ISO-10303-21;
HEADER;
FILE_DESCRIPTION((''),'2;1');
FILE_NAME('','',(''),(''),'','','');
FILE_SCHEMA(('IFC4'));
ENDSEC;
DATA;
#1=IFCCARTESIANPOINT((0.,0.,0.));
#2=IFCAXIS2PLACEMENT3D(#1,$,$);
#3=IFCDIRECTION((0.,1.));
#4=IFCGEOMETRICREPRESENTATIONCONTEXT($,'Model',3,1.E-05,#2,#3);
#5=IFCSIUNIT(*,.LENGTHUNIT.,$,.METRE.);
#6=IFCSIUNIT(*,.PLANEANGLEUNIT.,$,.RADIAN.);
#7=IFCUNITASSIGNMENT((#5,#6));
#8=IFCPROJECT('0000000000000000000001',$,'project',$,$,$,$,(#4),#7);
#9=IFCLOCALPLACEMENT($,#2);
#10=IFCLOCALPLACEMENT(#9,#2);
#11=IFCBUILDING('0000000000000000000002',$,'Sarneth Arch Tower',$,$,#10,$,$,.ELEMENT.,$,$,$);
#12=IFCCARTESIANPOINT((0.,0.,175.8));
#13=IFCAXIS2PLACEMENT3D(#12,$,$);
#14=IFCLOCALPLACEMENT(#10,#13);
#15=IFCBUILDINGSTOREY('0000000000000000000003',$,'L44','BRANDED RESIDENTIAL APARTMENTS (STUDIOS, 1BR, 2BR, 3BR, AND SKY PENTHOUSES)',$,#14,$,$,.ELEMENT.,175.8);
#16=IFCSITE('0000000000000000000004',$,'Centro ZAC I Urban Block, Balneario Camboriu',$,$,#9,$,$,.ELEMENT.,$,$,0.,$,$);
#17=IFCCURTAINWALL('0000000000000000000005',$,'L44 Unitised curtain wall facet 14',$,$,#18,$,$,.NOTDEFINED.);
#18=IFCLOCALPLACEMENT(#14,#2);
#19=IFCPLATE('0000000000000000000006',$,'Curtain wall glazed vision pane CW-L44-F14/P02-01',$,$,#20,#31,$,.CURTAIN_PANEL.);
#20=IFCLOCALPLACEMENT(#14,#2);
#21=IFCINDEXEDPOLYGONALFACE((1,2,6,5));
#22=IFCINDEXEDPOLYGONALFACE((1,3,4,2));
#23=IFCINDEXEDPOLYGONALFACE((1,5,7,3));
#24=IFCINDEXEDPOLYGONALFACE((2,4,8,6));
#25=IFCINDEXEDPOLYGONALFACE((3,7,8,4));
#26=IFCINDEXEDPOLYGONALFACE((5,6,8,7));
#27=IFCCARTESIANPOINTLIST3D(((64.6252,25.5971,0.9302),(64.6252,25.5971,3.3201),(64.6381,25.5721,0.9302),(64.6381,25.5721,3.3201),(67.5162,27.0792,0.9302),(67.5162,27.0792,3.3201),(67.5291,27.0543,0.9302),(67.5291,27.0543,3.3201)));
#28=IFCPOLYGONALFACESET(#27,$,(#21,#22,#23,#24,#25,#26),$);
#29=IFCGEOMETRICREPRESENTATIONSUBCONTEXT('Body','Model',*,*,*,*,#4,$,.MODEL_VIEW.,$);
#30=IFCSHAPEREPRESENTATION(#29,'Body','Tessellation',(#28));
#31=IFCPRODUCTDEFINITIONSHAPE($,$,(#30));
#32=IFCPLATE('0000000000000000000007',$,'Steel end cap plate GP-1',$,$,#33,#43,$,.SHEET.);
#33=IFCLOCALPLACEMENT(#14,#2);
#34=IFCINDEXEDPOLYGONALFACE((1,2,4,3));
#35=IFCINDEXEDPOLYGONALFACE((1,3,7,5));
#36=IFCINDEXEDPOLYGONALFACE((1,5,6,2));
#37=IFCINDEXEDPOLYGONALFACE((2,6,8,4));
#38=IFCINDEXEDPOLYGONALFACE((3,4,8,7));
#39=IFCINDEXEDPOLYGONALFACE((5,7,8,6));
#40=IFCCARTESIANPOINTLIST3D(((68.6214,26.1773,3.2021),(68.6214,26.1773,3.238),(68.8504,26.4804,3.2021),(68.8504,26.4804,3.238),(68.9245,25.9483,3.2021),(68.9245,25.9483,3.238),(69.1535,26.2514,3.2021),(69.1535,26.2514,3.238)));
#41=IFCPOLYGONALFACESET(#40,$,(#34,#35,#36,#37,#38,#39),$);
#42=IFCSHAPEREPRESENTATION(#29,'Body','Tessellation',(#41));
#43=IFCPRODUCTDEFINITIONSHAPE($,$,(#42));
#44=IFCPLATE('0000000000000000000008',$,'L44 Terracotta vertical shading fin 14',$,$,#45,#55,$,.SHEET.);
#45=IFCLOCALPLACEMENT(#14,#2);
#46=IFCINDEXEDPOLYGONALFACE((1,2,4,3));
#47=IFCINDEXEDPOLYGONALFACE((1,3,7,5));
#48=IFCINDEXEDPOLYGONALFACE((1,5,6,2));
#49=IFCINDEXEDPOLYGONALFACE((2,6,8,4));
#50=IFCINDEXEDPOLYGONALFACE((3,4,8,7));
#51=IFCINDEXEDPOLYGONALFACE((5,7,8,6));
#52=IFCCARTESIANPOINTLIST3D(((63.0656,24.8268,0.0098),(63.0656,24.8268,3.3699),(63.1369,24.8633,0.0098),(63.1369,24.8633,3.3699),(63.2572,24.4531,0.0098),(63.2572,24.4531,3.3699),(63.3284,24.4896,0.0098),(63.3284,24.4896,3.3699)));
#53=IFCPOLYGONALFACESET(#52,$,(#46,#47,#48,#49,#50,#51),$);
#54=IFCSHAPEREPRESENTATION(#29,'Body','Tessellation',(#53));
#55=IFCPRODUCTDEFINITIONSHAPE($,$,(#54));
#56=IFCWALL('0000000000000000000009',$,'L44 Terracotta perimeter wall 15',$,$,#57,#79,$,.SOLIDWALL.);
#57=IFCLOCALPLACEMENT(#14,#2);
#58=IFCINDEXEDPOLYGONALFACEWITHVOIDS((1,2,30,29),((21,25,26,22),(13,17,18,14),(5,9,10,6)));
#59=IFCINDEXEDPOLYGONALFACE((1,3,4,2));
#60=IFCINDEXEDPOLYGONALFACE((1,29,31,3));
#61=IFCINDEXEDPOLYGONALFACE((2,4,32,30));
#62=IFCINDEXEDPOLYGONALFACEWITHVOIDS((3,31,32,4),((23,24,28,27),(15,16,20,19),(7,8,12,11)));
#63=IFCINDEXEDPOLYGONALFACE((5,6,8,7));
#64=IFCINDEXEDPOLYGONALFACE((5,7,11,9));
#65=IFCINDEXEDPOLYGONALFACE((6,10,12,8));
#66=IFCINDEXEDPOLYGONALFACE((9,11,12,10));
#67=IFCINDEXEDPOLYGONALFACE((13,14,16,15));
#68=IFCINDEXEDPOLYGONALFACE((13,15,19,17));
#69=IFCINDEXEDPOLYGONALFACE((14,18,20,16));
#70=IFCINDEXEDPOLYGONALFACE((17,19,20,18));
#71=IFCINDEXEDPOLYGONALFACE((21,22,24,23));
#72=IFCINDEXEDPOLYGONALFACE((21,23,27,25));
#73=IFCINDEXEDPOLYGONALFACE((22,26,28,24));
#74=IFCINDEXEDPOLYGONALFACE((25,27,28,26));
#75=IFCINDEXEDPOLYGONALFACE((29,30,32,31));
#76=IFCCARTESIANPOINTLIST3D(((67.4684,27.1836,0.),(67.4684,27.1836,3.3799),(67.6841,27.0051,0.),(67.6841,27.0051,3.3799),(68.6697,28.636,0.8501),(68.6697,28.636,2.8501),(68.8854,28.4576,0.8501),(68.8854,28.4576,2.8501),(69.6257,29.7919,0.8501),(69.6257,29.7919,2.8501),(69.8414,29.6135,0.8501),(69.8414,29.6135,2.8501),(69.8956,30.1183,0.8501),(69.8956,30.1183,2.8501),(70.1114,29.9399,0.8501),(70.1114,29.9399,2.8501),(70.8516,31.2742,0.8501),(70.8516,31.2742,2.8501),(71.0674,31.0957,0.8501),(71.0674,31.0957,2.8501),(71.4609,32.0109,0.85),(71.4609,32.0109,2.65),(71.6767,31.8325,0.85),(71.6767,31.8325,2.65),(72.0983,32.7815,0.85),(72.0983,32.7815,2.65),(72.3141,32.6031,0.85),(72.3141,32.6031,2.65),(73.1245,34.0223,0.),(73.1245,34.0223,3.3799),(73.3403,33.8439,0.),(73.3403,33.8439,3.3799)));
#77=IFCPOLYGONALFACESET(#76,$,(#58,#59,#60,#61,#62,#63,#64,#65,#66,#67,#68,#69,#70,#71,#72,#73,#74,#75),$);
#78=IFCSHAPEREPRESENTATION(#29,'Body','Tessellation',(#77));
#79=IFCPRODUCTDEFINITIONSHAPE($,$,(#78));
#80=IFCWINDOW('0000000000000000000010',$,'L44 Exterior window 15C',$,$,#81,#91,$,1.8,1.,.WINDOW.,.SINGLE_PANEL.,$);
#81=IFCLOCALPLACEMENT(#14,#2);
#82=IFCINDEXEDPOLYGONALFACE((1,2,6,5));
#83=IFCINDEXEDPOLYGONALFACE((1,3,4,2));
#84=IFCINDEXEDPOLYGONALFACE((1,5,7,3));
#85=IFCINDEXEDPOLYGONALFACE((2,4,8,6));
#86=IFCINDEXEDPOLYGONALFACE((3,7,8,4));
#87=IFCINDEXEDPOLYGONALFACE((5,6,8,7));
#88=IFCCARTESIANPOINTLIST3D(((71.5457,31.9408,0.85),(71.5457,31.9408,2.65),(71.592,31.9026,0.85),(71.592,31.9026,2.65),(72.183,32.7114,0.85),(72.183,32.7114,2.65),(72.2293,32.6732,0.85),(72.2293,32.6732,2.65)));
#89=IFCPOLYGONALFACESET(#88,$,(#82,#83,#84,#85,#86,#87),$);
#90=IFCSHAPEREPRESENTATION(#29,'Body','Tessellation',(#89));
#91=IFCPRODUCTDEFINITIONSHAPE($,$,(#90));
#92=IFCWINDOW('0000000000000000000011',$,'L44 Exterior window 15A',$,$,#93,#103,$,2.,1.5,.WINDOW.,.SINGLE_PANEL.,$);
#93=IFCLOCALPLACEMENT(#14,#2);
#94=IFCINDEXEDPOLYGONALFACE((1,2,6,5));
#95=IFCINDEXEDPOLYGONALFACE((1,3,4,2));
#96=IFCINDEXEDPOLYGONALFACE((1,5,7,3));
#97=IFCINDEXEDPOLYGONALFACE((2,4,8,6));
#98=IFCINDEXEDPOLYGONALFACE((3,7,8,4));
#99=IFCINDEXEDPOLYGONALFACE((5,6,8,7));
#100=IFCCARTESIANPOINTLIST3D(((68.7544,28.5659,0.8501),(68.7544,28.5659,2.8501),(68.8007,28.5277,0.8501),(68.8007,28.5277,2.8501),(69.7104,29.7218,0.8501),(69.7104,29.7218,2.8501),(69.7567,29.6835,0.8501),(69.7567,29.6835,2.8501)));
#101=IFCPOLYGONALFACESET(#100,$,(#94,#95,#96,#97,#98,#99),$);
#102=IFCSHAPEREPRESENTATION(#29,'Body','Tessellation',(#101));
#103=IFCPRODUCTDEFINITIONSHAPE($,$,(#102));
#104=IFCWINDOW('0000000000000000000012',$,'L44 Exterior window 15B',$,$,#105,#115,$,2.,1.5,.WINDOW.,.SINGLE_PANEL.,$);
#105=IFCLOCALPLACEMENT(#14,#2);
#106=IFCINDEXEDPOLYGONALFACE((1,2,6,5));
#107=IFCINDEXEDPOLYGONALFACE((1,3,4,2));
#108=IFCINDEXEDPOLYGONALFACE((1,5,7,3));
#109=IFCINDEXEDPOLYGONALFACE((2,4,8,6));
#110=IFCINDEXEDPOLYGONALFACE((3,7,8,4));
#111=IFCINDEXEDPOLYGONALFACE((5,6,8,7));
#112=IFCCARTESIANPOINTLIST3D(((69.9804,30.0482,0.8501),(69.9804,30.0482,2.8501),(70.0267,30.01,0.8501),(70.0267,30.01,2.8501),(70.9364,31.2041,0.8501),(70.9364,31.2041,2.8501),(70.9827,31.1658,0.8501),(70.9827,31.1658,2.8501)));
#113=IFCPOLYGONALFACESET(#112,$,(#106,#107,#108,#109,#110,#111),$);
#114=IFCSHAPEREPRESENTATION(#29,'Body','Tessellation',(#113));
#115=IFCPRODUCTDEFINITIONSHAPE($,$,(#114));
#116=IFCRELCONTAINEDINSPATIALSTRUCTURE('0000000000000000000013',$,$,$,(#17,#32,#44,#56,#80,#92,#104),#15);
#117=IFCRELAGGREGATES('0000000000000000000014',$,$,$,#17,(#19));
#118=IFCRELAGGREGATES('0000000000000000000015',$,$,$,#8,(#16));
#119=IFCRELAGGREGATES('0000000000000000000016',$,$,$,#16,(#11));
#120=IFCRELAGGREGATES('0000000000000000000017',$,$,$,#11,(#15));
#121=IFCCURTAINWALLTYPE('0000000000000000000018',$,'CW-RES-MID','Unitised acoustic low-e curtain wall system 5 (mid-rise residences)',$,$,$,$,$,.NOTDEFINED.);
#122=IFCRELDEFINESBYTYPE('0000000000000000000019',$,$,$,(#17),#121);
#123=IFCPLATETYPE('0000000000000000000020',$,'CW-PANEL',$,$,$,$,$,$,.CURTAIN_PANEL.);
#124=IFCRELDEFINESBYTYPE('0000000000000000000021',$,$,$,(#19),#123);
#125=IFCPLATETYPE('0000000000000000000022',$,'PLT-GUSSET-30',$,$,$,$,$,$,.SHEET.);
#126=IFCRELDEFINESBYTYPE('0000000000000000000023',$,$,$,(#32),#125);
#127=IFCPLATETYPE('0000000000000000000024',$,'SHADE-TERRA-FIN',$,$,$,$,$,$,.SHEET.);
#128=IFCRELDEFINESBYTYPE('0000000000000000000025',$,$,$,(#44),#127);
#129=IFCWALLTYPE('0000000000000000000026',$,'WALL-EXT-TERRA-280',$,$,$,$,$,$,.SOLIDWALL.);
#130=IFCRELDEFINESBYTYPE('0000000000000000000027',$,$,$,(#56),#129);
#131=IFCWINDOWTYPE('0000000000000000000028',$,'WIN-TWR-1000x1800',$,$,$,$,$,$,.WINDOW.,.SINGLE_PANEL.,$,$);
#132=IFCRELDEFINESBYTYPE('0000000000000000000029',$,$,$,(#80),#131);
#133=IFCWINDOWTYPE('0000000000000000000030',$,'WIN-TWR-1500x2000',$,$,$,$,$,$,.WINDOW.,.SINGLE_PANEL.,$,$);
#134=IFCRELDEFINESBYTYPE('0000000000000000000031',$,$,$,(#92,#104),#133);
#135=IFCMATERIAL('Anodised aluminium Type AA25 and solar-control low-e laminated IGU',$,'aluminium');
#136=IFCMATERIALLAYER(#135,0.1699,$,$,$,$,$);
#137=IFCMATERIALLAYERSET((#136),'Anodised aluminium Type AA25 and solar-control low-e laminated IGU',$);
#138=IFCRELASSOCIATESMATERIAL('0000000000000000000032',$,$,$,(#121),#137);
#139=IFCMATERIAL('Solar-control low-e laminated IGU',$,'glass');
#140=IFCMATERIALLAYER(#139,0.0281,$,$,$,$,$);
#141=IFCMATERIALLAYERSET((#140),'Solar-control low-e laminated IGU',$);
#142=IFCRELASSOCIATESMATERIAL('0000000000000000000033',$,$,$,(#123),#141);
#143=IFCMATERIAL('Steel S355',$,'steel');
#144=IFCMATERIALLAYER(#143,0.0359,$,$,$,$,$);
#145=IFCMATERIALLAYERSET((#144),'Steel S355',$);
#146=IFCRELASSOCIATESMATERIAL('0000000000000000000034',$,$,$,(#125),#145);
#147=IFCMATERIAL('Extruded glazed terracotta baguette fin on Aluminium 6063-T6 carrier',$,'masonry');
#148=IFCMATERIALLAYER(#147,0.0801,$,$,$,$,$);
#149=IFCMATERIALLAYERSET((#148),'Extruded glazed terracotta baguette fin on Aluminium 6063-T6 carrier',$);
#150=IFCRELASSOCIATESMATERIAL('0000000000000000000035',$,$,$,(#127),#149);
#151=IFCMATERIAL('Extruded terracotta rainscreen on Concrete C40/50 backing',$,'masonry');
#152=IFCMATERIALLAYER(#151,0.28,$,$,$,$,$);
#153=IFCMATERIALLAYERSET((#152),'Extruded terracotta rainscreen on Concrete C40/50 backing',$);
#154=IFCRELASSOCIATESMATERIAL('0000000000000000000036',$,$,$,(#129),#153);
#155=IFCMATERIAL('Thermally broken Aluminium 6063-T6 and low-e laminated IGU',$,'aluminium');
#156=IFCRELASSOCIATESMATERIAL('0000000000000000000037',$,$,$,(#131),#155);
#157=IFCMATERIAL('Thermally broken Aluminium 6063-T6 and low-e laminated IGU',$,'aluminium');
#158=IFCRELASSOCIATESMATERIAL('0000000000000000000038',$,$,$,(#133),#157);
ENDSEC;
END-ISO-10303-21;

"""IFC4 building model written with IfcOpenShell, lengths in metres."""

from ifc_helpers import new_model, si_unit, direction, frame, frame_2d, origin, origin_2d, place, context, subcontext, project, spatial, rectangle, extrude, material, layer, layer_set, type_object, element, fill, aggregate, save


model = new_model("IFC4")

# Units and contexts
model_context = context("Model", 3, precision=1e-05, world=origin(), true_north=direction((0.0, 1.0)))
body_context = subcontext(model_context, "Body", "Model", "MODEL_VIEW")
ifc_project = project(units=[si_unit("LENGTHUNIT", "METRE"), si_unit("PLANEANGLEUNIT", "RADIAN")], contexts=[model_context])

# Site, building, storey
site_placement = place(None, origin())
site = spatial("IfcSite", under=ifc_project, at=site_placement, Name="Centro ZAC I Urban Block, Balneario Camboriu", CompositionType="ELEMENT", RefElevation=0.0)
building_placement = place(site_placement, origin())
building = spatial("IfcBuilding", under=site, at=building_placement, Name="Sarneth Arch Tower", CompositionType="ELEMENT")
storey_placement = place(building_placement, frame((0.0, 0.0, 175.8)))
storey = spatial("IfcBuildingStorey", under=building, at=storey_placement, Name="L44", Description="BRANDED RESIDENTIAL APARTMENTS (STUDIOS, 1BR, 2BR, 3BR, AND SKY PENTHOUSES)", CompositionType="ELEMENT", Elevation=175.8)

# Curtain wall
ifc_material_1 = material(Name="Anodised aluminium Type AA25 and solar-control low-e laminated IGU", Category="aluminium")
ifc_layer_1 = layer(ifc_material_1, 0.1699)
ifc_layer_set_1 = layer_set([ifc_layer_1], Name="Anodised aluminium Type AA25 and solar-control low-e laminated IGU")
curtain_wall_type = type_object("IfcCurtainWallType", Name="CW-RES-MID", Description="Unitised acoustic low-e curtain wall system 5 (mid-rise residences)", PredefinedType="NOTDEFINED", material=ifc_layer_set_1)
curtain_wall_placement = place(storey_placement, origin())
curtain_wall = element("IfcCurtainWall", 1, at=curtain_wall_placement, inside=storey, type_object=curtain_wall_type, Name="L44 Unitised curtain wall facet 14", PredefinedType="NOTDEFINED")

# Plate
ifc_material_2 = material(Name="Solar-control low-e laminated IGU", Category="glass")
ifc_layer_2 = layer(ifc_material_2, 0.0281)
ifc_layer_set_2 = layer_set([ifc_layer_2], Name="Solar-control low-e laminated IGU")
plate_type_1 = type_object("IfcPlateType", Name="CW-PANEL", PredefinedType="CURTAIN_PANEL", material=ifc_layer_set_2)
plate_1_placement = place(storey_placement, frame((66.0771, 26.3257, 0.9302), z_axis=(0.0, 0.0, 1.0), x_axis=(0.889873, 0.456208, 0.0)))
plate_1 = element("IfcPlate", 2, at=plate_1_placement, type_object=plate_type_1, Name="Curtain wall glazed vision pane CW-L44-F14/P02-01", PredefinedType="CURTAIN_PANEL", context=body_context, shape_type="SweptSolid", body=[
    extrude(rectangle(XDim=3.2488, YDim=0.0281, at=origin_2d()), origin(), (0.0, 0.0, 1.0), 2.3899),
])
aggregate(curtain_wall, [plate_1])

# Plates
ifc_material_3 = material(Name="Steel S355", Category="steel")
ifc_layer_3 = layer(ifc_material_3, 0.0359)
ifc_layer_set_3 = layer_set([ifc_layer_3], Name="Steel S355")
plate_type_2 = type_object("IfcPlateType", Name="PLT-GUSSET-30", PredefinedType="SHEET", material=ifc_layer_set_3)
plate_2_placement = place(storey_placement, frame((68.8875, 26.2144, 3.2021), z_axis=(0.0, 0.0, 1.0), x_axis=(0.797794, -0.60293, 0.0)))
element("IfcPlate", 3, at=plate_2_placement, inside=storey, type_object=plate_type_2, Name="Steel end cap plate GP-1", PredefinedType="SHEET", context=body_context, shape_type="SweptSolid", body=[
    extrude(rectangle(XDim=0.3799, YDim=0.3799, at=origin_2d()), origin(), (0.0, 0.0, 1.0), 0.0359),
])
ifc_material_4 = material(Name="Extruded glazed terracotta baguette fin on Aluminium 6063-T6 carrier", Category="masonry")
ifc_layer_4 = layer(ifc_material_4, 0.0801)
ifc_layer_set_4 = layer_set([ifc_layer_4], Name="Extruded glazed terracotta baguette fin on Aluminium 6063-T6 carrier")
plate_type_3 = type_object("IfcPlateType", Name="SHADE-TERRA-FIN", PredefinedType="SHEET", material=ifc_layer_set_4)
plate_3_placement = place(storey_placement, frame((63.197, 24.6582, 0.0098), z_axis=(0.0, 0.0, 1.0), x_axis=(0.456166, -0.889895, 0.0)))
element("IfcPlate", 4, at=plate_3_placement, inside=storey, type_object=plate_type_3, Name="L44 Terracotta vertical shading fin 14", PredefinedType="SHEET", context=body_context, shape_type="SweptSolid", body=[
    extrude(rectangle(XDim=0.4199, YDim=0.0801, at=origin_2d()), origin(), (0.0, 0.0, 1.0), 3.3601),
])

# Wall, openings, windows
ifc_material_5 = material(Name="Extruded terracotta rainscreen on Concrete C40/50 backing", Category="masonry")
ifc_layer_5 = layer(ifc_material_5, 0.28)
ifc_layer_set_5 = layer_set([ifc_layer_5], Name="Extruded terracotta rainscreen on Concrete C40/50 backing")
wall_type = type_object("IfcWallType", Name="WALL-EXT-TERRA-280", PredefinedType="SOLIDWALL", material=ifc_layer_set_5)
wall_placement = place(storey_placement, frame((67.5762, 27.0942, 0.0), z_axis=(0.0, 0.0, 1.0), x_axis=(0.637333, 0.770588, 0.0)))
wall = element("IfcWall", 5, at=wall_placement, inside=storey, type_object=wall_type, Name="L44 Terracotta perimeter wall 15", PredefinedType="SOLIDWALL", context=body_context, shape_type="SweptSolid", body=[
    extrude(rectangle(XDim=8.8748, YDim=0.28, at=frame_2d((4.4375, 0.0))), origin(), (0.0, 0.0, 1.0), 3.3799),
])
opening_1_placement = place(wall_placement, frame((1.885, 0.0, 0.8501)))
opening_1 = element("IfcOpeningElement", 6, at=opening_1_placement, cuts=wall, PredefinedType="OPENING", context=body_context, shape_type="SweptSolid", body=[
    extrude(rectangle(XDim=1.5, YDim=2.0, at=frame_2d((0.75, 1.0))), frame((0.0, 0.1499, 0.0), z_axis=(0.0, -1.0, 0.0), x_axis=(1.0, 0.0, 0.0)), (0.0, 0.0, 1.0), 0.3),
])
opening_2_placement = place(wall_placement, frame((3.8086, 0.0, 0.8501)))
opening_2 = element("IfcOpeningElement", 7, at=opening_2_placement, cuts=wall, PredefinedType="OPENING", context=body_context, shape_type="SweptSolid", body=[
    extrude(rectangle(XDim=1.5, YDim=2.0, at=frame_2d((0.75, 1.0))), frame((0.0, 0.1499, 0.0), z_axis=(0.0, -1.0, 0.0), x_axis=(1.0, 0.0, 0.0)), (0.0, 0.0, 1.0), 0.3),
])
opening_3_placement = place(wall_placement, frame((6.2646, 0.0, 0.8501)))
opening_3 = element("IfcOpeningElement", 8, at=opening_3_placement, cuts=wall, PredefinedType="OPENING", context=body_context, shape_type="SweptSolid", body=[
    extrude(rectangle(XDim=1.0, YDim=1.8, at=frame_2d((0.5, 0.8999))), frame((0.0, 0.1499, 0.0), z_axis=(0.0, -1.0, 0.0), x_axis=(1.0, 0.0, 0.0)), (0.0, 0.0, 1.0), 0.3),
])
ifc_material_6 = material(Name="Thermally broken Aluminium 6063-T6 and low-e laminated IGU", Category="aluminium")
window_type_1 = type_object("IfcWindowType", Name="WIN-TWR-1000x1800", PartitioningType="SINGLE_PANEL", PredefinedType="WINDOW", material=ifc_material_6)
window_1_placement = place(opening_3_placement, origin())
window_1 = element("IfcWindow", 9, at=window_1_placement, inside=storey, type_object=window_type_1, Name="L44 Exterior window 15C", OverallHeight=1.8, OverallWidth=1.0, PartitioningType="SINGLE_PANEL", PredefinedType="WINDOW", context=body_context, shape_type="SweptSolid", body=[
    extrude(rectangle(XDim=1.0, YDim=1.8, at=frame_2d((0.5, 0.8999))), frame((0.0, 0.03, 0.0), z_axis=(0.0, -1.0, 0.0), x_axis=(1.0, 0.0, 0.0)), (0.0, 0.0, 1.0), 0.0601),
])
fill(opening_3, window_1)
ifc_material_7 = material(Name="Thermally broken Aluminium 6063-T6 and low-e laminated IGU", Category="aluminium")
window_type_2 = type_object("IfcWindowType", Name="WIN-TWR-1500x2000", PartitioningType="SINGLE_PANEL", PredefinedType="WINDOW", material=ifc_material_7)
window_2_placement = place(opening_1_placement, origin())
window_2 = element("IfcWindow", 10, at=window_2_placement, inside=storey, type_object=window_type_2, Name="L44 Exterior window 15A", OverallHeight=2.0, OverallWidth=1.5, PartitioningType="SINGLE_PANEL", PredefinedType="WINDOW", context=body_context, shape_type="SweptSolid", body=[
    extrude(rectangle(XDim=1.5, YDim=2.0, at=frame_2d((0.75, 1.0))), frame((0.0, 0.03, 0.0), z_axis=(0.0, -1.0, 0.0), x_axis=(1.0, 0.0, 0.0)), (0.0, 0.0, 1.0), 0.0601),
])
fill(opening_1, window_2)
window_3_placement = place(opening_2_placement, origin())
window_3 = element("IfcWindow", 11, at=window_3_placement, inside=storey, type_object=window_type_2, Name="L44 Exterior window 15B", OverallHeight=2.0, OverallWidth=1.5, PartitioningType="SINGLE_PANEL", PredefinedType="WINDOW", context=body_context, shape_type="SweptSolid", body=[
    extrude(rectangle(XDim=1.5, YDim=2.0, at=frame_2d((0.75, 1.0))), frame((0.0, 0.03, 0.0), z_axis=(0.0, -1.0, 0.0), x_axis=(1.0, 0.0, 0.0)), (0.0, 0.0, 1.0), 0.0601),
])
fill(opening_2, window_3)

save(model, "model.ifc")
